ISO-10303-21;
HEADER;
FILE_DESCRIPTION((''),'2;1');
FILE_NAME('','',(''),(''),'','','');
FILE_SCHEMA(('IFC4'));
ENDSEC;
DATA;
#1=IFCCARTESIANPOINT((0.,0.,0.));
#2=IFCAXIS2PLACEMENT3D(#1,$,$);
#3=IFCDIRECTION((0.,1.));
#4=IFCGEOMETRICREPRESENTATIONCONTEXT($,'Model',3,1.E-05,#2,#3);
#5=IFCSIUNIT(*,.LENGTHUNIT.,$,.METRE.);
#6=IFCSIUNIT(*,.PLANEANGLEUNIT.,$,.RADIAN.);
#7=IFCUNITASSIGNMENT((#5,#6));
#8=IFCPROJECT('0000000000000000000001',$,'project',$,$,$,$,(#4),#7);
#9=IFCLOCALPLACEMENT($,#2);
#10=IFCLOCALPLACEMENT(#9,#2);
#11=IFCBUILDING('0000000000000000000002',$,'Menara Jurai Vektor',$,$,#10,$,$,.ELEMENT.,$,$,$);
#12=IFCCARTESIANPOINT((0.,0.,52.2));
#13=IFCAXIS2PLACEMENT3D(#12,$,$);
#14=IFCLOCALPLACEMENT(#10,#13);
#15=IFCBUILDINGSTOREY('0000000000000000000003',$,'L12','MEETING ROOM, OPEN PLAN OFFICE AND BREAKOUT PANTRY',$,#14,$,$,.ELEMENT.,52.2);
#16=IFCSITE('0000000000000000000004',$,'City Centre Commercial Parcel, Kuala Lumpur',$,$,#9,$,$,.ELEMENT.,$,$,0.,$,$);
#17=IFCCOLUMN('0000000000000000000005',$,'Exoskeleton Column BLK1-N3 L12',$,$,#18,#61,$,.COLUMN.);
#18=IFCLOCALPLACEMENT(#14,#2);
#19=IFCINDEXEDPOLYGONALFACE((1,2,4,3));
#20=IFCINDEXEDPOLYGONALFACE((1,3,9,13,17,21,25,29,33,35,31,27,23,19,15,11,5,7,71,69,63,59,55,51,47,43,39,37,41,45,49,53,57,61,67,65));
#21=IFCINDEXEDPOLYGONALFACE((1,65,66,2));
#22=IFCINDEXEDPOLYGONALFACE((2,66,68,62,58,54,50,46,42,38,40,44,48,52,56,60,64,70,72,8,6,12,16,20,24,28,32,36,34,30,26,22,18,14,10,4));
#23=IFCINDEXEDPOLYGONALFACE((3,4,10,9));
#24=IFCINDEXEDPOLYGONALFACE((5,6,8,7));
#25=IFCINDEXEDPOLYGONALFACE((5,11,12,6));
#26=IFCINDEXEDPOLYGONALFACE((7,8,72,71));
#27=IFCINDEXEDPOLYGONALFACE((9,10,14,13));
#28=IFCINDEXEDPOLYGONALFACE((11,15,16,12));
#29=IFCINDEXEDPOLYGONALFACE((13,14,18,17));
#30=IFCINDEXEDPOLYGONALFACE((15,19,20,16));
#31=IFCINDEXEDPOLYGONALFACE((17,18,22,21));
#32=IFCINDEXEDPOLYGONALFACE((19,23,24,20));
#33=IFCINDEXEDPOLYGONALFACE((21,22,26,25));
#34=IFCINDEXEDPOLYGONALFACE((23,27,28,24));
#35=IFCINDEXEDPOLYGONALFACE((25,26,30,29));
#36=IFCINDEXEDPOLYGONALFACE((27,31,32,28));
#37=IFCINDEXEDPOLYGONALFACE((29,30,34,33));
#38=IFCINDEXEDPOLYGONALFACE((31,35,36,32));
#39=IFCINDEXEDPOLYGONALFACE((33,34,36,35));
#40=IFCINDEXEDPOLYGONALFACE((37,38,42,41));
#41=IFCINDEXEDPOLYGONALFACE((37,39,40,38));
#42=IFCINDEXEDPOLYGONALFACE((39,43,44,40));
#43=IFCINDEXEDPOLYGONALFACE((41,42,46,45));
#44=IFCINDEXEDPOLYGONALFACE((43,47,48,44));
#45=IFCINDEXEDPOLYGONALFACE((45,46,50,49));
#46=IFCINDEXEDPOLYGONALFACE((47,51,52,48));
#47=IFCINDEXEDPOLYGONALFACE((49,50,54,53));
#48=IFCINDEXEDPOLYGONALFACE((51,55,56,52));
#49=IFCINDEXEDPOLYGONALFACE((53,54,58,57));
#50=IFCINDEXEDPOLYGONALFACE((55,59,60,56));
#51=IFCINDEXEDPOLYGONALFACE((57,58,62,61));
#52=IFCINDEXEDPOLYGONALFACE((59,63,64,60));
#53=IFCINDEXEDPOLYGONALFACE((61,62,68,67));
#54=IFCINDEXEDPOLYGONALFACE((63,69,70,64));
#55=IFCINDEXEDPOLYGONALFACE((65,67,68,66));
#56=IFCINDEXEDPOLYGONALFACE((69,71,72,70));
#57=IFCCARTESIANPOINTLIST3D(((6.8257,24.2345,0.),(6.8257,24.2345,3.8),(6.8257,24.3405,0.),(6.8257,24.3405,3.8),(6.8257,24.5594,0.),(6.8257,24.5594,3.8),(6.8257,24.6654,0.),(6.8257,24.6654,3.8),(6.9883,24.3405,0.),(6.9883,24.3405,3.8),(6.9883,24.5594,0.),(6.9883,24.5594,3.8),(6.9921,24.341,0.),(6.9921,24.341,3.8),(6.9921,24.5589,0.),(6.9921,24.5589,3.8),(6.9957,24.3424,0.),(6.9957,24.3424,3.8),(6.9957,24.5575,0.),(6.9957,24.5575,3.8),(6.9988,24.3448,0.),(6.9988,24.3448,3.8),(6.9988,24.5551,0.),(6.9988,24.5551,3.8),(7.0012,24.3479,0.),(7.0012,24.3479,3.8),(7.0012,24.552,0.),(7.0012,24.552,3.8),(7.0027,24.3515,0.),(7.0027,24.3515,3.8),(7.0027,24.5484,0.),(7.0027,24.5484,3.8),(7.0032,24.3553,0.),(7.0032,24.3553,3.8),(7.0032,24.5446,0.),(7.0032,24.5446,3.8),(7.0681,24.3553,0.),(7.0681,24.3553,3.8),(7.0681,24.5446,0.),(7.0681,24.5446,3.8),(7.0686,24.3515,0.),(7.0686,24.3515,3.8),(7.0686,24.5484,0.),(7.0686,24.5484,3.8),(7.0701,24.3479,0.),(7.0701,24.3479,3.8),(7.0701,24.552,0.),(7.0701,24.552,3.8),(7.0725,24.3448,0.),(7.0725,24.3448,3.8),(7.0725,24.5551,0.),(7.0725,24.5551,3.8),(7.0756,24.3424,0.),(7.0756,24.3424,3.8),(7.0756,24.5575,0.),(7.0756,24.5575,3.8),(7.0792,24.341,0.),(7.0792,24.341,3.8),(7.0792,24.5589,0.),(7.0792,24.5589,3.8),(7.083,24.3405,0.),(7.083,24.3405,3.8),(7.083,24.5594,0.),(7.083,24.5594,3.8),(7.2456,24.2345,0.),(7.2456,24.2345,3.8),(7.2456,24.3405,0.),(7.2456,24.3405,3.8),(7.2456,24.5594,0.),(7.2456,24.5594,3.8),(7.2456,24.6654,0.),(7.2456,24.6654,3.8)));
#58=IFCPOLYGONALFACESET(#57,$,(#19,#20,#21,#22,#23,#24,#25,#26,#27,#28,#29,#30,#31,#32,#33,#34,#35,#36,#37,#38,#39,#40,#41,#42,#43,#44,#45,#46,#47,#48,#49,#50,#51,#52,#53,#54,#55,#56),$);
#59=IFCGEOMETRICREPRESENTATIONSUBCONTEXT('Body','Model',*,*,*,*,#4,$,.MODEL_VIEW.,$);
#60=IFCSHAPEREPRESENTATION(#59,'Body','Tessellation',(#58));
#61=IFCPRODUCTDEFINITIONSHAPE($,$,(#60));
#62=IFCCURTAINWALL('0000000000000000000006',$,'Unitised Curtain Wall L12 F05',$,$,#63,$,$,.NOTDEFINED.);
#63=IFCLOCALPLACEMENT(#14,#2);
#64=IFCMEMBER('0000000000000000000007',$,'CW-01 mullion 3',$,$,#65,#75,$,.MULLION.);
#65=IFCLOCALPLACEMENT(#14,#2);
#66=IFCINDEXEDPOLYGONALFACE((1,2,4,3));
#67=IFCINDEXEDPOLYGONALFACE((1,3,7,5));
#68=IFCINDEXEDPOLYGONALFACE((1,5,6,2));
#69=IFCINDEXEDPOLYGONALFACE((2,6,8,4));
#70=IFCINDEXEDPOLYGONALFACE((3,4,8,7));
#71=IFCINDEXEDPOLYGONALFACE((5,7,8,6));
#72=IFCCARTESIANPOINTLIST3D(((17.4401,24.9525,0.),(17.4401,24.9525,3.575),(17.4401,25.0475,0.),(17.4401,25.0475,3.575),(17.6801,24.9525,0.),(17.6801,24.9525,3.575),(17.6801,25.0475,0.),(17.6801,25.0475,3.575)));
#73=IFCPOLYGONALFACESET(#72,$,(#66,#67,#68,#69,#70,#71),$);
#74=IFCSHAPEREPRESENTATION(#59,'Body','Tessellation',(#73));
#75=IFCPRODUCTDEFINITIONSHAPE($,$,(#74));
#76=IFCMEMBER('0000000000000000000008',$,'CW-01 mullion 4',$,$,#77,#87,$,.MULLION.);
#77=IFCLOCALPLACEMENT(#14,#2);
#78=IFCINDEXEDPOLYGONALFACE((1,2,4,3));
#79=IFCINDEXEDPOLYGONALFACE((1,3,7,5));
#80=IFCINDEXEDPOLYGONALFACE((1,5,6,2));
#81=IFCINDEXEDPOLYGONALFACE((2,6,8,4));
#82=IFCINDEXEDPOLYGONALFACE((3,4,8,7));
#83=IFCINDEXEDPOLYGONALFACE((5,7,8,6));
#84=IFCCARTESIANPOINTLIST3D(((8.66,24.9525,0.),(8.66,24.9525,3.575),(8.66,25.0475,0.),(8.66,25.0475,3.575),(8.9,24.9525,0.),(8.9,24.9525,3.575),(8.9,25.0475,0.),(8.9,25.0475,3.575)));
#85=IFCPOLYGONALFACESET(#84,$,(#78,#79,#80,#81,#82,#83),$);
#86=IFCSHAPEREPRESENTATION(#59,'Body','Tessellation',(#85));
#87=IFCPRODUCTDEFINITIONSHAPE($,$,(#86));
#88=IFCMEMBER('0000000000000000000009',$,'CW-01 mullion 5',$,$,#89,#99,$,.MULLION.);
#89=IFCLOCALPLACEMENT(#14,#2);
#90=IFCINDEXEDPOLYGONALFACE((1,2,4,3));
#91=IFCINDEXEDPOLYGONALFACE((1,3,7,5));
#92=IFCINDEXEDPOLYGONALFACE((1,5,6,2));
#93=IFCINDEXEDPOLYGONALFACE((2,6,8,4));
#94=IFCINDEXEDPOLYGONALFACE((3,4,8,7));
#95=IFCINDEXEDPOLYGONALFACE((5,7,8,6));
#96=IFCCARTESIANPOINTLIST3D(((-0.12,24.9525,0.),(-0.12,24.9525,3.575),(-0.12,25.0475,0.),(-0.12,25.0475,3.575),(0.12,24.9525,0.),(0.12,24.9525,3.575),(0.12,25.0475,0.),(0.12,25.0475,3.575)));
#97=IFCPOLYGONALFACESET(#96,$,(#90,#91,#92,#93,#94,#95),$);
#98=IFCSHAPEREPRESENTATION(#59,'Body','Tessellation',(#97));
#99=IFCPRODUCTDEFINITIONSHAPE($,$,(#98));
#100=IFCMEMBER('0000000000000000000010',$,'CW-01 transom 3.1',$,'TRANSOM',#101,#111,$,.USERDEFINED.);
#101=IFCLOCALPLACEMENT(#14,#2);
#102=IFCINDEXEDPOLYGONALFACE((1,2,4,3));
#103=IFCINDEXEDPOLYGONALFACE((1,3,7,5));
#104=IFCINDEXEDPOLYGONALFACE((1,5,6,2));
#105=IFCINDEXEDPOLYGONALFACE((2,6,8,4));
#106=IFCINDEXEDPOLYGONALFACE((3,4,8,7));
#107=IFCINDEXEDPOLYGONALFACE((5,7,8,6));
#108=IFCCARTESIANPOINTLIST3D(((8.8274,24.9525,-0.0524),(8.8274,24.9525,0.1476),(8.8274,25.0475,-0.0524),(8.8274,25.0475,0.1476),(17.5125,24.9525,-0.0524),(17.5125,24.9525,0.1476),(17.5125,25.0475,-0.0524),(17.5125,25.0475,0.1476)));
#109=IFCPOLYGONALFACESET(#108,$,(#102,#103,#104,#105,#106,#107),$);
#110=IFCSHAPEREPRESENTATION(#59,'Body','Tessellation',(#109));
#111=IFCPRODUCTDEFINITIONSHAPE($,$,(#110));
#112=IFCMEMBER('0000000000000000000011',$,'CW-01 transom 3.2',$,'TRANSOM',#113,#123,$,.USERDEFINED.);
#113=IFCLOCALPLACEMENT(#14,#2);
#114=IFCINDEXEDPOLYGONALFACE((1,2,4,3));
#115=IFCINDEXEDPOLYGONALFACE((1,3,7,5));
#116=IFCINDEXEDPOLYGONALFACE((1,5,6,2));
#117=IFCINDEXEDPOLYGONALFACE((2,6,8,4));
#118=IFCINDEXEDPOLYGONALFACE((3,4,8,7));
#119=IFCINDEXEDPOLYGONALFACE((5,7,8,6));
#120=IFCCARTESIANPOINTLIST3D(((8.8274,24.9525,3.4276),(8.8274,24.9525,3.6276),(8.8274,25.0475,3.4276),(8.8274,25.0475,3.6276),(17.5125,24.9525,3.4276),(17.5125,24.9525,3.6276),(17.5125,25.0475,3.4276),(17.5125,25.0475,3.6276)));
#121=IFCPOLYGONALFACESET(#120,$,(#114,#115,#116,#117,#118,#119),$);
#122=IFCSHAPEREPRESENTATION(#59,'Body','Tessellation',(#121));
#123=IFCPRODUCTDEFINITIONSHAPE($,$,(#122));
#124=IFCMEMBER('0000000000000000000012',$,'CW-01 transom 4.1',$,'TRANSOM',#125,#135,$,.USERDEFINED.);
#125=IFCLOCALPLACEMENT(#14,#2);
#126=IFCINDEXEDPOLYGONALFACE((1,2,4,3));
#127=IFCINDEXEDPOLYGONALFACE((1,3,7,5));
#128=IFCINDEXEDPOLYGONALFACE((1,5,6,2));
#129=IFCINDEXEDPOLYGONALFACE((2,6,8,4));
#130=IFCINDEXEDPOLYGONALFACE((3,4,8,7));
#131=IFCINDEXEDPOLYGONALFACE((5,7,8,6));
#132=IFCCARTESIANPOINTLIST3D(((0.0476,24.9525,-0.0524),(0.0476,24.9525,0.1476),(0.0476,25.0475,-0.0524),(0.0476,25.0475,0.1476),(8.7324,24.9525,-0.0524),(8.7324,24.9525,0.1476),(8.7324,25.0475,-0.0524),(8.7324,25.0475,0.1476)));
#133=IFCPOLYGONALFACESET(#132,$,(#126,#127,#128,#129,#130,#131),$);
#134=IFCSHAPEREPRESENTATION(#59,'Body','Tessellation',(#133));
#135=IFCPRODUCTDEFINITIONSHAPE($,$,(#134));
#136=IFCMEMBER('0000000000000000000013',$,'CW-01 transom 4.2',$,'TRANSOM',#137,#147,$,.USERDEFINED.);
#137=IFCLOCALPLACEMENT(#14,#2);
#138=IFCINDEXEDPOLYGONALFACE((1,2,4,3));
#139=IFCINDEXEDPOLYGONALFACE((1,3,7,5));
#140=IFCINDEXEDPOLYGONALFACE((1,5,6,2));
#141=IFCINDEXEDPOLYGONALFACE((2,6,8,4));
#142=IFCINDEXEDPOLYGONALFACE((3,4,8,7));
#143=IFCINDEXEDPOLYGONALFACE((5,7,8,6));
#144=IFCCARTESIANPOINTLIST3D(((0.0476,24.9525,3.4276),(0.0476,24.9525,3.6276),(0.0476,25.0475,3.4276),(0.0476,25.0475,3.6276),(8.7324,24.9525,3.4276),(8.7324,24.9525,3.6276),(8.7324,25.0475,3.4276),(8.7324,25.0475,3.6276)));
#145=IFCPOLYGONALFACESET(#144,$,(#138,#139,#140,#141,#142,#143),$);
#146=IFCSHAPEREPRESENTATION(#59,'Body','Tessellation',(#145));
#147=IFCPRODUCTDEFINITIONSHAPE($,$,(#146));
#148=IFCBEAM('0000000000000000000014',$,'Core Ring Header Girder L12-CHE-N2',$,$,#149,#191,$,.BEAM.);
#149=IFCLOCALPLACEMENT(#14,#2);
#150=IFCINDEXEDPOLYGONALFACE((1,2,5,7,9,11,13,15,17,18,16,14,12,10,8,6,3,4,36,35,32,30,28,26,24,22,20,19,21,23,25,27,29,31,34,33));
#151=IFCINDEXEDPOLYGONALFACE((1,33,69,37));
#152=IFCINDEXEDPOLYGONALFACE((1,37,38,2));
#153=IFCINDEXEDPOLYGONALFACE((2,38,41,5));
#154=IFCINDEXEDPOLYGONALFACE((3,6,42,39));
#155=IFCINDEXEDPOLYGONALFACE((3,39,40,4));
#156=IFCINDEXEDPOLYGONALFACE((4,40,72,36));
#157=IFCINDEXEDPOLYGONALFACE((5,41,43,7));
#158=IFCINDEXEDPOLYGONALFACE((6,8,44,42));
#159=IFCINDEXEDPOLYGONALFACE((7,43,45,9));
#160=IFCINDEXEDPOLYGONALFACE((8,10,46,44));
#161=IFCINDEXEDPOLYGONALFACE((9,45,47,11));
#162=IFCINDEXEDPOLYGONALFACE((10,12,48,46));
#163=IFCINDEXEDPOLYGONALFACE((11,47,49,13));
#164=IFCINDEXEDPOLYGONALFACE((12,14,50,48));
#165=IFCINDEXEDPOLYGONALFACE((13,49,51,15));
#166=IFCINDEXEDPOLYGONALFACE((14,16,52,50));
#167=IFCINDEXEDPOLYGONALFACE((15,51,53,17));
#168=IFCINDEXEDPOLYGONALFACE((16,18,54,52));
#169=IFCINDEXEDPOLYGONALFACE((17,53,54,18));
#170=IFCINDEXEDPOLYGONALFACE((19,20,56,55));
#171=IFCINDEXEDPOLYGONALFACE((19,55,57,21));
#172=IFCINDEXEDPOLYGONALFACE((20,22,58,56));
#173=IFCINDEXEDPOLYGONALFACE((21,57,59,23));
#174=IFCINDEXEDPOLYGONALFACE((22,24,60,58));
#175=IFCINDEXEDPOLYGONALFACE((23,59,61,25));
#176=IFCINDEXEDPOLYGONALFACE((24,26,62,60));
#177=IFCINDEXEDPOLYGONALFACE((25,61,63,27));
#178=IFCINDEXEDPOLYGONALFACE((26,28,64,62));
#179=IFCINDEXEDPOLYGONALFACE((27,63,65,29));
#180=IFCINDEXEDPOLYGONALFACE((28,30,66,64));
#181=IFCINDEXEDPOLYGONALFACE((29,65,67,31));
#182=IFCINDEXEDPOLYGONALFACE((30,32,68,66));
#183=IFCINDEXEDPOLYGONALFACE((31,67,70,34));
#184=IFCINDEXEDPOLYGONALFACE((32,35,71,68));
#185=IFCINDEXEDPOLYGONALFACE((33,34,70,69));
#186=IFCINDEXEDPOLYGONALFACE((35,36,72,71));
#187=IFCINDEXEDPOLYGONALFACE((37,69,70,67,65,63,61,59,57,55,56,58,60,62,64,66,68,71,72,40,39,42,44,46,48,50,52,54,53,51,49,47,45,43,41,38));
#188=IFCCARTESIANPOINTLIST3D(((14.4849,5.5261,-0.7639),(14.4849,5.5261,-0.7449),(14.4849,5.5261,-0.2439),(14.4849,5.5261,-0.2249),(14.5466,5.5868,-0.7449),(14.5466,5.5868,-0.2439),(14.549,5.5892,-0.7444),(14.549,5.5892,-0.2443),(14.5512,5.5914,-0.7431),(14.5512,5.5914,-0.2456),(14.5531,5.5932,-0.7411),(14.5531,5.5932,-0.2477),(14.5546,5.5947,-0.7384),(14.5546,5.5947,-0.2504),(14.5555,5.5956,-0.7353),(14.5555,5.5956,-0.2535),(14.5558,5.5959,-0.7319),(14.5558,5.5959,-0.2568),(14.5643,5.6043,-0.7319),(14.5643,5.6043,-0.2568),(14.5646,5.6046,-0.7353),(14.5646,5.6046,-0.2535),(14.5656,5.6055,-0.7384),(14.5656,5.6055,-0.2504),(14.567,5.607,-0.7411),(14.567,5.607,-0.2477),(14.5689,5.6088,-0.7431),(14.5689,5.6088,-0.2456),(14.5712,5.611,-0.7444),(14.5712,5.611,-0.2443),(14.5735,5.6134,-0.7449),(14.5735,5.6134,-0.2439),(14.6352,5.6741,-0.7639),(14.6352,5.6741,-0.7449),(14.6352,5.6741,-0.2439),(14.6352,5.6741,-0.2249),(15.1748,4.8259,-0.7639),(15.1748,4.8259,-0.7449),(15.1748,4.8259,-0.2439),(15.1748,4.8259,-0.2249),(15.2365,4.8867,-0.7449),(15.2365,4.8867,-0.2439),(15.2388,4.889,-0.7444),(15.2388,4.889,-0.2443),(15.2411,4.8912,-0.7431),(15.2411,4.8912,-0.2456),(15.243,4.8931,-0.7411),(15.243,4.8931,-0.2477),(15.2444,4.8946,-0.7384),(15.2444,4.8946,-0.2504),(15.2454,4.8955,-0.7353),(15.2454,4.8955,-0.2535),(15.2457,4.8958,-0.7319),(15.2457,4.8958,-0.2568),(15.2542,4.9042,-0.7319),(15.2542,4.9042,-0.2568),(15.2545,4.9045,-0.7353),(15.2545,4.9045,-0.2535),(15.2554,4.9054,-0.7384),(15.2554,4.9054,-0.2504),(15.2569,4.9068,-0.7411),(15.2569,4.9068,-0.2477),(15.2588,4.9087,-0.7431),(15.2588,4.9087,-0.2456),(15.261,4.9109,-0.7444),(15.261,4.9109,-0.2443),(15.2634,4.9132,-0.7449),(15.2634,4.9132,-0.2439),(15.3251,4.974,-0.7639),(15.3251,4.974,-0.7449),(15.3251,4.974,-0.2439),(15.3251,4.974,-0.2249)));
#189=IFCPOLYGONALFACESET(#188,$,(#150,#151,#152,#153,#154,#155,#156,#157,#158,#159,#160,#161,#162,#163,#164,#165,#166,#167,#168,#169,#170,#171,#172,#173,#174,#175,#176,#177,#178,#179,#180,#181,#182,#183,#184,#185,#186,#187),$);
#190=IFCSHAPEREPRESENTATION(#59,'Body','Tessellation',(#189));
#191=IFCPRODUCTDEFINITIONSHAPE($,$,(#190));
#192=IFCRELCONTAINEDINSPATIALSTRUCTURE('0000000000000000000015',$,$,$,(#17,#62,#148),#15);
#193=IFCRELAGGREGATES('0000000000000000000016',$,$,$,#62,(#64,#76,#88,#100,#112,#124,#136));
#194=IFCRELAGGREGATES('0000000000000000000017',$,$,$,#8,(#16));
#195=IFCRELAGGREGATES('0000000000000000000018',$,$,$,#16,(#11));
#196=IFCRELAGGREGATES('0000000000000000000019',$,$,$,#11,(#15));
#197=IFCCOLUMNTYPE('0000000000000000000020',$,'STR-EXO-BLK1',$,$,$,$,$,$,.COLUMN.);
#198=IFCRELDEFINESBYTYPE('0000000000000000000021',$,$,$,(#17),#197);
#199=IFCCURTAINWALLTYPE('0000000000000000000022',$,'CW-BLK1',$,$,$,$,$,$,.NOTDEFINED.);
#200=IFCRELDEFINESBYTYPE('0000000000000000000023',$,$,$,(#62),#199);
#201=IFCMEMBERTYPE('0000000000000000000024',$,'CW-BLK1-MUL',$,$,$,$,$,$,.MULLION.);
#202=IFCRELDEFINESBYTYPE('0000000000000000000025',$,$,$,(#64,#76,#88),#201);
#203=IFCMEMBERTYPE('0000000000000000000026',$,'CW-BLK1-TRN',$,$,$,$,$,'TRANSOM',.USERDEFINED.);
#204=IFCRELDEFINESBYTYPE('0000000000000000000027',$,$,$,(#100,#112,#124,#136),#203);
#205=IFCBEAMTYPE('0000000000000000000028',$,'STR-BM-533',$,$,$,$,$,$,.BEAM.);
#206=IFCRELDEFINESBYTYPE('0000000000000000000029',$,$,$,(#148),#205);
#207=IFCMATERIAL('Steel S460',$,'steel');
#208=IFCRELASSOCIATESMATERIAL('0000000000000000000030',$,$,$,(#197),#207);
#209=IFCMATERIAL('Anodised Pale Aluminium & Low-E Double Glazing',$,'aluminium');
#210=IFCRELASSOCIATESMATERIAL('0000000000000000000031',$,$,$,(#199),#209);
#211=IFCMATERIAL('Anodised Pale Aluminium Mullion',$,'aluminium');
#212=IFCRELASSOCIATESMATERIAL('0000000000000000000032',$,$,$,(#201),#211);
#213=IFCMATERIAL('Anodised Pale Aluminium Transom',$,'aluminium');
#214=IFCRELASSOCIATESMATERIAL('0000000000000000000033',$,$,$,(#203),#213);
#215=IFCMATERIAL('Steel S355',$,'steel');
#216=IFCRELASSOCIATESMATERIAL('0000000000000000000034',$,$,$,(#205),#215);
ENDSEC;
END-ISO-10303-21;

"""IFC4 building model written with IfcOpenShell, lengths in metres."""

from ifc_helpers import new_model, si_unit, direction, frame, origin, origin_2d, place, context, subcontext, project, spatial, rectangle, i_section, extrude, material, material_profile, profile_set, type_object, element, aggregate, save


model = new_model("IFC4")

# Units and contexts
model_context = context("Model", 3, precision=1e-05, world=origin(), true_north=direction((0.0, 1.0)))
body_context = subcontext(model_context, "Body", "Model", "MODEL_VIEW")
ifc_project = project(units=[si_unit("LENGTHUNIT", "METRE"), si_unit("PLANEANGLEUNIT", "RADIAN")], contexts=[model_context])

# Site, building, storey
site_placement = place(None, origin())
site = spatial("IfcSite", under=ifc_project, at=site_placement, Name="City Centre Commercial Parcel, Kuala Lumpur", CompositionType="ELEMENT", RefElevation=0.0)
building_placement = place(site_placement, origin())
building = spatial("IfcBuilding", under=site, at=building_placement, Name="Menara Jurai Vektor", CompositionType="ELEMENT")
storey_placement = place(building_placement, frame((0.0, 0.0, 52.2)))
storey = spatial("IfcBuildingStorey", under=building, at=storey_placement, Name="L12", Description="MEETING ROOM, OPEN PLAN OFFICE AND BREAKOUT PANTRY", CompositionType="ELEMENT", Elevation=52.2)

# Column
ifc_material_1 = material(Name="Steel S460", Category="steel")
ifc_material_profile_1 = material_profile(ifc_material_1, i_section(OverallWidth=0.4199, OverallDepth=0.4309, WebThickness=0.0649, FlangeThickness=0.106, FilletRadius=0.0149, at=origin_2d()), Name="HD 400x900")
ifc_profile_set_1 = profile_set([ifc_material_profile_1], Name="Steel S460")
column_type = type_object("IfcColumnType", Name="STR-EXO-BLK1", PredefinedType="COLUMN", material=ifc_profile_set_1)
column_placement = place(storey_placement, frame((7.0356, 24.45, 0.0), z_axis=(0.0, 0.0, 1.0), x_axis=(1.0, 0.0, 0.0)))
element("IfcColumn", 1, at=column_placement, inside=storey, type_object=column_type, Name="Exoskeleton Column BLK1-N3 L12", PredefinedType="COLUMN", context=body_context, shape_type="SweptSolid", body=[
    extrude(i_section(OverallWidth=0.4199, OverallDepth=0.4309, WebThickness=0.0649, FlangeThickness=0.106, FilletRadius=0.0149, at=origin_2d()), origin(), (0.0, 0.0, 1.0), 3.8),
])

# Curtain wall, members
ifc_material_2 = material(Name="Anodised Pale Aluminium & Low-E Double Glazing", Category="aluminium")
curtain_wall_type = type_object("IfcCurtainWallType", Name="CW-BLK1", PredefinedType="NOTDEFINED", material=ifc_material_2)
curtain_wall_placement = place(storey_placement, origin())
curtain_wall = element("IfcCurtainWall", 2, at=curtain_wall_placement, inside=storey, type_object=curtain_wall_type, Name="Unitised Curtain Wall L12 F05", PredefinedType="NOTDEFINED")
ifc_material_3 = material(Name="Anodised Pale Aluminium Mullion", Category="aluminium")
ifc_material_profile_2 = material_profile(ifc_material_3, rectangle(XDim=0.095, YDim=0.24, at=origin_2d()), Name="ALU MUL 95x240")
ifc_profile_set_2 = profile_set([ifc_material_profile_2], Name="Anodised Pale Aluminium Mullion")
member_type_1 = type_object("IfcMemberType", Name="CW-BLK1-MUL", PredefinedType="MULLION", material=ifc_profile_set_2)
member_1_placement = place(storey_placement, frame((17.5601, 25.0, 0.0), z_axis=(0.0, 0.0, 1.0), x_axis=(0.0, -1.0, 0.0)))
member_1 = element("IfcMember", 3, at=member_1_placement, type_object=member_type_1, Name="CW-01 mullion 3", PredefinedType="MULLION", context=body_context, shape_type="SweptSolid", body=[
    extrude(rectangle(XDim=0.095, YDim=0.24, at=origin_2d()), origin(), (0.0, 0.0, 1.0), 3.575),
])
member_2_placement = place(storey_placement, frame((8.78, 25.0, 0.0), z_axis=(0.0, 0.0, 1.0), x_axis=(0.0, -1.0, 0.0)))
member_2 = element("IfcMember", 4, at=member_2_placement, type_object=member_type_1, Name="CW-01 mullion 4", PredefinedType="MULLION", context=body_context, shape_type="SweptSolid", body=[
    extrude(rectangle(XDim=0.095, YDim=0.24, at=origin_2d()), origin(), (0.0, 0.0, 1.0), 3.575),
])
member_3_placement = place(storey_placement, frame((0.0, 25.0, 0.0), z_axis=(0.0, 0.0, 1.0), x_axis=(0.0, -1.0, 0.0)))
member_3 = element("IfcMember", 5, at=member_3_placement, type_object=member_type_1, Name="CW-01 mullion 5", PredefinedType="MULLION", context=body_context, shape_type="SweptSolid", body=[
    extrude(rectangle(XDim=0.095, YDim=0.24, at=origin_2d()), origin(), (0.0, 0.0, 1.0), 3.575),
])
ifc_material_4 = material(Name="Anodised Pale Aluminium Transom", Category="aluminium")
ifc_material_profile_3 = material_profile(ifc_material_4, rectangle(XDim=0.095, YDim=0.2, at=origin_2d()), Name="ALU TRN 95x200")
ifc_profile_set_3 = profile_set([ifc_material_profile_3], Name="Anodised Pale Aluminium Transom")
member_type_2 = type_object("IfcMemberType", Name="CW-BLK1-TRN", ElementType="TRANSOM", PredefinedType="USERDEFINED", material=ifc_profile_set_3)
member_4_placement = place(storey_placement, frame((17.5125, 25.0, 0.0476), z_axis=(-1.0, 0.0, 0.0), x_axis=(0.0, -1.0, 0.0)))
member_4 = element("IfcMember", 6, at=member_4_placement, type_object=member_type_2, Name="CW-01 transom 3.1", ObjectType="TRANSOM", PredefinedType="USERDEFINED", context=body_context, shape_type="SweptSolid", body=[
    extrude(rectangle(XDim=0.095, YDim=0.2, at=origin_2d()), origin(), (0.0, 0.0, 1.0), 8.6851),
])
member_5_placement = place(storey_placement, frame((17.5125, 25.0, 3.5276), z_axis=(-1.0, 0.0, 0.0), x_axis=(0.0, -1.0, 0.0)))
member_5 = element("IfcMember", 7, at=member_5_placement, type_object=member_type_2, Name="CW-01 transom 3.2", ObjectType="TRANSOM", PredefinedType="USERDEFINED", context=body_context, shape_type="SweptSolid", body=[
    extrude(rectangle(XDim=0.095, YDim=0.2, at=origin_2d()), origin(), (0.0, 0.0, 1.0), 8.6851),
])
member_6_placement = place(storey_placement, frame((8.7324, 25.0, 0.0476), z_axis=(-1.0, 0.0, 0.0), x_axis=(0.0, -1.0, 0.0)))
member_6 = element("IfcMember", 8, at=member_6_placement, type_object=member_type_2, Name="CW-01 transom 4.1", ObjectType="TRANSOM", PredefinedType="USERDEFINED", context=body_context, shape_type="SweptSolid", body=[
    extrude(rectangle(XDim=0.095, YDim=0.2, at=origin_2d()), origin(), (0.0, 0.0, 1.0), 8.6848),
])
member_7_placement = place(storey_placement, frame((8.7324, 25.0, 3.5276), z_axis=(-1.0, 0.0, 0.0), x_axis=(0.0, -1.0, 0.0)))
member_7 = element("IfcMember", 9, at=member_7_placement, type_object=member_type_2, Name="CW-01 transom 4.2", ObjectType="TRANSOM", PredefinedType="USERDEFINED", context=body_context, shape_type="SweptSolid", body=[
    extrude(rectangle(XDim=0.095, YDim=0.2, at=origin_2d()), origin(), (0.0, 0.0, 1.0), 8.6848),
])

# Beam
ifc_material_5 = material(Name="Steel S355", Category="steel")
ifc_material_profile_4 = material_profile(ifc_material_5, i_section(OverallWidth=0.2109, OverallDepth=0.5391, WebThickness=0.012, FlangeThickness=0.019, FilletRadius=0.0129, at=origin_2d()), Name="UKB 533x210x109")
ifc_profile_set_4 = profile_set([ifc_material_profile_4], Name="Steel S355")
beam_type_1 = type_object("IfcBeamType", Name="STR-BM-533", PredefinedType="BEAM", material=ifc_profile_set_4)
beam_1_placement = place(storey_placement, frame((14.5601, 5.6001, -0.4944), z_axis=(0.701872, -0.712303, 0.0), x_axis=(0.712303, 0.701872, 0.0)))
element("IfcBeam", 10, at=beam_1_placement, inside=storey, type_object=beam_type_1, Name="Core Ring Header Girder L12-CHE-N2", PredefinedType="BEAM", context=body_context, shape_type="SweptSolid", body=[
    extrude(i_section(OverallWidth=0.2109, OverallDepth=0.5391, WebThickness=0.012, FlangeThickness=0.019, FilletRadius=0.0129, at=origin_2d()), origin(), (0.0, 0.0, 1.0), 0.9829),
])

aggregate(curtain_wall, [member_1, member_2, member_3, member_4, member_5, member_6, member_7])

save(model, "model.ifc")
